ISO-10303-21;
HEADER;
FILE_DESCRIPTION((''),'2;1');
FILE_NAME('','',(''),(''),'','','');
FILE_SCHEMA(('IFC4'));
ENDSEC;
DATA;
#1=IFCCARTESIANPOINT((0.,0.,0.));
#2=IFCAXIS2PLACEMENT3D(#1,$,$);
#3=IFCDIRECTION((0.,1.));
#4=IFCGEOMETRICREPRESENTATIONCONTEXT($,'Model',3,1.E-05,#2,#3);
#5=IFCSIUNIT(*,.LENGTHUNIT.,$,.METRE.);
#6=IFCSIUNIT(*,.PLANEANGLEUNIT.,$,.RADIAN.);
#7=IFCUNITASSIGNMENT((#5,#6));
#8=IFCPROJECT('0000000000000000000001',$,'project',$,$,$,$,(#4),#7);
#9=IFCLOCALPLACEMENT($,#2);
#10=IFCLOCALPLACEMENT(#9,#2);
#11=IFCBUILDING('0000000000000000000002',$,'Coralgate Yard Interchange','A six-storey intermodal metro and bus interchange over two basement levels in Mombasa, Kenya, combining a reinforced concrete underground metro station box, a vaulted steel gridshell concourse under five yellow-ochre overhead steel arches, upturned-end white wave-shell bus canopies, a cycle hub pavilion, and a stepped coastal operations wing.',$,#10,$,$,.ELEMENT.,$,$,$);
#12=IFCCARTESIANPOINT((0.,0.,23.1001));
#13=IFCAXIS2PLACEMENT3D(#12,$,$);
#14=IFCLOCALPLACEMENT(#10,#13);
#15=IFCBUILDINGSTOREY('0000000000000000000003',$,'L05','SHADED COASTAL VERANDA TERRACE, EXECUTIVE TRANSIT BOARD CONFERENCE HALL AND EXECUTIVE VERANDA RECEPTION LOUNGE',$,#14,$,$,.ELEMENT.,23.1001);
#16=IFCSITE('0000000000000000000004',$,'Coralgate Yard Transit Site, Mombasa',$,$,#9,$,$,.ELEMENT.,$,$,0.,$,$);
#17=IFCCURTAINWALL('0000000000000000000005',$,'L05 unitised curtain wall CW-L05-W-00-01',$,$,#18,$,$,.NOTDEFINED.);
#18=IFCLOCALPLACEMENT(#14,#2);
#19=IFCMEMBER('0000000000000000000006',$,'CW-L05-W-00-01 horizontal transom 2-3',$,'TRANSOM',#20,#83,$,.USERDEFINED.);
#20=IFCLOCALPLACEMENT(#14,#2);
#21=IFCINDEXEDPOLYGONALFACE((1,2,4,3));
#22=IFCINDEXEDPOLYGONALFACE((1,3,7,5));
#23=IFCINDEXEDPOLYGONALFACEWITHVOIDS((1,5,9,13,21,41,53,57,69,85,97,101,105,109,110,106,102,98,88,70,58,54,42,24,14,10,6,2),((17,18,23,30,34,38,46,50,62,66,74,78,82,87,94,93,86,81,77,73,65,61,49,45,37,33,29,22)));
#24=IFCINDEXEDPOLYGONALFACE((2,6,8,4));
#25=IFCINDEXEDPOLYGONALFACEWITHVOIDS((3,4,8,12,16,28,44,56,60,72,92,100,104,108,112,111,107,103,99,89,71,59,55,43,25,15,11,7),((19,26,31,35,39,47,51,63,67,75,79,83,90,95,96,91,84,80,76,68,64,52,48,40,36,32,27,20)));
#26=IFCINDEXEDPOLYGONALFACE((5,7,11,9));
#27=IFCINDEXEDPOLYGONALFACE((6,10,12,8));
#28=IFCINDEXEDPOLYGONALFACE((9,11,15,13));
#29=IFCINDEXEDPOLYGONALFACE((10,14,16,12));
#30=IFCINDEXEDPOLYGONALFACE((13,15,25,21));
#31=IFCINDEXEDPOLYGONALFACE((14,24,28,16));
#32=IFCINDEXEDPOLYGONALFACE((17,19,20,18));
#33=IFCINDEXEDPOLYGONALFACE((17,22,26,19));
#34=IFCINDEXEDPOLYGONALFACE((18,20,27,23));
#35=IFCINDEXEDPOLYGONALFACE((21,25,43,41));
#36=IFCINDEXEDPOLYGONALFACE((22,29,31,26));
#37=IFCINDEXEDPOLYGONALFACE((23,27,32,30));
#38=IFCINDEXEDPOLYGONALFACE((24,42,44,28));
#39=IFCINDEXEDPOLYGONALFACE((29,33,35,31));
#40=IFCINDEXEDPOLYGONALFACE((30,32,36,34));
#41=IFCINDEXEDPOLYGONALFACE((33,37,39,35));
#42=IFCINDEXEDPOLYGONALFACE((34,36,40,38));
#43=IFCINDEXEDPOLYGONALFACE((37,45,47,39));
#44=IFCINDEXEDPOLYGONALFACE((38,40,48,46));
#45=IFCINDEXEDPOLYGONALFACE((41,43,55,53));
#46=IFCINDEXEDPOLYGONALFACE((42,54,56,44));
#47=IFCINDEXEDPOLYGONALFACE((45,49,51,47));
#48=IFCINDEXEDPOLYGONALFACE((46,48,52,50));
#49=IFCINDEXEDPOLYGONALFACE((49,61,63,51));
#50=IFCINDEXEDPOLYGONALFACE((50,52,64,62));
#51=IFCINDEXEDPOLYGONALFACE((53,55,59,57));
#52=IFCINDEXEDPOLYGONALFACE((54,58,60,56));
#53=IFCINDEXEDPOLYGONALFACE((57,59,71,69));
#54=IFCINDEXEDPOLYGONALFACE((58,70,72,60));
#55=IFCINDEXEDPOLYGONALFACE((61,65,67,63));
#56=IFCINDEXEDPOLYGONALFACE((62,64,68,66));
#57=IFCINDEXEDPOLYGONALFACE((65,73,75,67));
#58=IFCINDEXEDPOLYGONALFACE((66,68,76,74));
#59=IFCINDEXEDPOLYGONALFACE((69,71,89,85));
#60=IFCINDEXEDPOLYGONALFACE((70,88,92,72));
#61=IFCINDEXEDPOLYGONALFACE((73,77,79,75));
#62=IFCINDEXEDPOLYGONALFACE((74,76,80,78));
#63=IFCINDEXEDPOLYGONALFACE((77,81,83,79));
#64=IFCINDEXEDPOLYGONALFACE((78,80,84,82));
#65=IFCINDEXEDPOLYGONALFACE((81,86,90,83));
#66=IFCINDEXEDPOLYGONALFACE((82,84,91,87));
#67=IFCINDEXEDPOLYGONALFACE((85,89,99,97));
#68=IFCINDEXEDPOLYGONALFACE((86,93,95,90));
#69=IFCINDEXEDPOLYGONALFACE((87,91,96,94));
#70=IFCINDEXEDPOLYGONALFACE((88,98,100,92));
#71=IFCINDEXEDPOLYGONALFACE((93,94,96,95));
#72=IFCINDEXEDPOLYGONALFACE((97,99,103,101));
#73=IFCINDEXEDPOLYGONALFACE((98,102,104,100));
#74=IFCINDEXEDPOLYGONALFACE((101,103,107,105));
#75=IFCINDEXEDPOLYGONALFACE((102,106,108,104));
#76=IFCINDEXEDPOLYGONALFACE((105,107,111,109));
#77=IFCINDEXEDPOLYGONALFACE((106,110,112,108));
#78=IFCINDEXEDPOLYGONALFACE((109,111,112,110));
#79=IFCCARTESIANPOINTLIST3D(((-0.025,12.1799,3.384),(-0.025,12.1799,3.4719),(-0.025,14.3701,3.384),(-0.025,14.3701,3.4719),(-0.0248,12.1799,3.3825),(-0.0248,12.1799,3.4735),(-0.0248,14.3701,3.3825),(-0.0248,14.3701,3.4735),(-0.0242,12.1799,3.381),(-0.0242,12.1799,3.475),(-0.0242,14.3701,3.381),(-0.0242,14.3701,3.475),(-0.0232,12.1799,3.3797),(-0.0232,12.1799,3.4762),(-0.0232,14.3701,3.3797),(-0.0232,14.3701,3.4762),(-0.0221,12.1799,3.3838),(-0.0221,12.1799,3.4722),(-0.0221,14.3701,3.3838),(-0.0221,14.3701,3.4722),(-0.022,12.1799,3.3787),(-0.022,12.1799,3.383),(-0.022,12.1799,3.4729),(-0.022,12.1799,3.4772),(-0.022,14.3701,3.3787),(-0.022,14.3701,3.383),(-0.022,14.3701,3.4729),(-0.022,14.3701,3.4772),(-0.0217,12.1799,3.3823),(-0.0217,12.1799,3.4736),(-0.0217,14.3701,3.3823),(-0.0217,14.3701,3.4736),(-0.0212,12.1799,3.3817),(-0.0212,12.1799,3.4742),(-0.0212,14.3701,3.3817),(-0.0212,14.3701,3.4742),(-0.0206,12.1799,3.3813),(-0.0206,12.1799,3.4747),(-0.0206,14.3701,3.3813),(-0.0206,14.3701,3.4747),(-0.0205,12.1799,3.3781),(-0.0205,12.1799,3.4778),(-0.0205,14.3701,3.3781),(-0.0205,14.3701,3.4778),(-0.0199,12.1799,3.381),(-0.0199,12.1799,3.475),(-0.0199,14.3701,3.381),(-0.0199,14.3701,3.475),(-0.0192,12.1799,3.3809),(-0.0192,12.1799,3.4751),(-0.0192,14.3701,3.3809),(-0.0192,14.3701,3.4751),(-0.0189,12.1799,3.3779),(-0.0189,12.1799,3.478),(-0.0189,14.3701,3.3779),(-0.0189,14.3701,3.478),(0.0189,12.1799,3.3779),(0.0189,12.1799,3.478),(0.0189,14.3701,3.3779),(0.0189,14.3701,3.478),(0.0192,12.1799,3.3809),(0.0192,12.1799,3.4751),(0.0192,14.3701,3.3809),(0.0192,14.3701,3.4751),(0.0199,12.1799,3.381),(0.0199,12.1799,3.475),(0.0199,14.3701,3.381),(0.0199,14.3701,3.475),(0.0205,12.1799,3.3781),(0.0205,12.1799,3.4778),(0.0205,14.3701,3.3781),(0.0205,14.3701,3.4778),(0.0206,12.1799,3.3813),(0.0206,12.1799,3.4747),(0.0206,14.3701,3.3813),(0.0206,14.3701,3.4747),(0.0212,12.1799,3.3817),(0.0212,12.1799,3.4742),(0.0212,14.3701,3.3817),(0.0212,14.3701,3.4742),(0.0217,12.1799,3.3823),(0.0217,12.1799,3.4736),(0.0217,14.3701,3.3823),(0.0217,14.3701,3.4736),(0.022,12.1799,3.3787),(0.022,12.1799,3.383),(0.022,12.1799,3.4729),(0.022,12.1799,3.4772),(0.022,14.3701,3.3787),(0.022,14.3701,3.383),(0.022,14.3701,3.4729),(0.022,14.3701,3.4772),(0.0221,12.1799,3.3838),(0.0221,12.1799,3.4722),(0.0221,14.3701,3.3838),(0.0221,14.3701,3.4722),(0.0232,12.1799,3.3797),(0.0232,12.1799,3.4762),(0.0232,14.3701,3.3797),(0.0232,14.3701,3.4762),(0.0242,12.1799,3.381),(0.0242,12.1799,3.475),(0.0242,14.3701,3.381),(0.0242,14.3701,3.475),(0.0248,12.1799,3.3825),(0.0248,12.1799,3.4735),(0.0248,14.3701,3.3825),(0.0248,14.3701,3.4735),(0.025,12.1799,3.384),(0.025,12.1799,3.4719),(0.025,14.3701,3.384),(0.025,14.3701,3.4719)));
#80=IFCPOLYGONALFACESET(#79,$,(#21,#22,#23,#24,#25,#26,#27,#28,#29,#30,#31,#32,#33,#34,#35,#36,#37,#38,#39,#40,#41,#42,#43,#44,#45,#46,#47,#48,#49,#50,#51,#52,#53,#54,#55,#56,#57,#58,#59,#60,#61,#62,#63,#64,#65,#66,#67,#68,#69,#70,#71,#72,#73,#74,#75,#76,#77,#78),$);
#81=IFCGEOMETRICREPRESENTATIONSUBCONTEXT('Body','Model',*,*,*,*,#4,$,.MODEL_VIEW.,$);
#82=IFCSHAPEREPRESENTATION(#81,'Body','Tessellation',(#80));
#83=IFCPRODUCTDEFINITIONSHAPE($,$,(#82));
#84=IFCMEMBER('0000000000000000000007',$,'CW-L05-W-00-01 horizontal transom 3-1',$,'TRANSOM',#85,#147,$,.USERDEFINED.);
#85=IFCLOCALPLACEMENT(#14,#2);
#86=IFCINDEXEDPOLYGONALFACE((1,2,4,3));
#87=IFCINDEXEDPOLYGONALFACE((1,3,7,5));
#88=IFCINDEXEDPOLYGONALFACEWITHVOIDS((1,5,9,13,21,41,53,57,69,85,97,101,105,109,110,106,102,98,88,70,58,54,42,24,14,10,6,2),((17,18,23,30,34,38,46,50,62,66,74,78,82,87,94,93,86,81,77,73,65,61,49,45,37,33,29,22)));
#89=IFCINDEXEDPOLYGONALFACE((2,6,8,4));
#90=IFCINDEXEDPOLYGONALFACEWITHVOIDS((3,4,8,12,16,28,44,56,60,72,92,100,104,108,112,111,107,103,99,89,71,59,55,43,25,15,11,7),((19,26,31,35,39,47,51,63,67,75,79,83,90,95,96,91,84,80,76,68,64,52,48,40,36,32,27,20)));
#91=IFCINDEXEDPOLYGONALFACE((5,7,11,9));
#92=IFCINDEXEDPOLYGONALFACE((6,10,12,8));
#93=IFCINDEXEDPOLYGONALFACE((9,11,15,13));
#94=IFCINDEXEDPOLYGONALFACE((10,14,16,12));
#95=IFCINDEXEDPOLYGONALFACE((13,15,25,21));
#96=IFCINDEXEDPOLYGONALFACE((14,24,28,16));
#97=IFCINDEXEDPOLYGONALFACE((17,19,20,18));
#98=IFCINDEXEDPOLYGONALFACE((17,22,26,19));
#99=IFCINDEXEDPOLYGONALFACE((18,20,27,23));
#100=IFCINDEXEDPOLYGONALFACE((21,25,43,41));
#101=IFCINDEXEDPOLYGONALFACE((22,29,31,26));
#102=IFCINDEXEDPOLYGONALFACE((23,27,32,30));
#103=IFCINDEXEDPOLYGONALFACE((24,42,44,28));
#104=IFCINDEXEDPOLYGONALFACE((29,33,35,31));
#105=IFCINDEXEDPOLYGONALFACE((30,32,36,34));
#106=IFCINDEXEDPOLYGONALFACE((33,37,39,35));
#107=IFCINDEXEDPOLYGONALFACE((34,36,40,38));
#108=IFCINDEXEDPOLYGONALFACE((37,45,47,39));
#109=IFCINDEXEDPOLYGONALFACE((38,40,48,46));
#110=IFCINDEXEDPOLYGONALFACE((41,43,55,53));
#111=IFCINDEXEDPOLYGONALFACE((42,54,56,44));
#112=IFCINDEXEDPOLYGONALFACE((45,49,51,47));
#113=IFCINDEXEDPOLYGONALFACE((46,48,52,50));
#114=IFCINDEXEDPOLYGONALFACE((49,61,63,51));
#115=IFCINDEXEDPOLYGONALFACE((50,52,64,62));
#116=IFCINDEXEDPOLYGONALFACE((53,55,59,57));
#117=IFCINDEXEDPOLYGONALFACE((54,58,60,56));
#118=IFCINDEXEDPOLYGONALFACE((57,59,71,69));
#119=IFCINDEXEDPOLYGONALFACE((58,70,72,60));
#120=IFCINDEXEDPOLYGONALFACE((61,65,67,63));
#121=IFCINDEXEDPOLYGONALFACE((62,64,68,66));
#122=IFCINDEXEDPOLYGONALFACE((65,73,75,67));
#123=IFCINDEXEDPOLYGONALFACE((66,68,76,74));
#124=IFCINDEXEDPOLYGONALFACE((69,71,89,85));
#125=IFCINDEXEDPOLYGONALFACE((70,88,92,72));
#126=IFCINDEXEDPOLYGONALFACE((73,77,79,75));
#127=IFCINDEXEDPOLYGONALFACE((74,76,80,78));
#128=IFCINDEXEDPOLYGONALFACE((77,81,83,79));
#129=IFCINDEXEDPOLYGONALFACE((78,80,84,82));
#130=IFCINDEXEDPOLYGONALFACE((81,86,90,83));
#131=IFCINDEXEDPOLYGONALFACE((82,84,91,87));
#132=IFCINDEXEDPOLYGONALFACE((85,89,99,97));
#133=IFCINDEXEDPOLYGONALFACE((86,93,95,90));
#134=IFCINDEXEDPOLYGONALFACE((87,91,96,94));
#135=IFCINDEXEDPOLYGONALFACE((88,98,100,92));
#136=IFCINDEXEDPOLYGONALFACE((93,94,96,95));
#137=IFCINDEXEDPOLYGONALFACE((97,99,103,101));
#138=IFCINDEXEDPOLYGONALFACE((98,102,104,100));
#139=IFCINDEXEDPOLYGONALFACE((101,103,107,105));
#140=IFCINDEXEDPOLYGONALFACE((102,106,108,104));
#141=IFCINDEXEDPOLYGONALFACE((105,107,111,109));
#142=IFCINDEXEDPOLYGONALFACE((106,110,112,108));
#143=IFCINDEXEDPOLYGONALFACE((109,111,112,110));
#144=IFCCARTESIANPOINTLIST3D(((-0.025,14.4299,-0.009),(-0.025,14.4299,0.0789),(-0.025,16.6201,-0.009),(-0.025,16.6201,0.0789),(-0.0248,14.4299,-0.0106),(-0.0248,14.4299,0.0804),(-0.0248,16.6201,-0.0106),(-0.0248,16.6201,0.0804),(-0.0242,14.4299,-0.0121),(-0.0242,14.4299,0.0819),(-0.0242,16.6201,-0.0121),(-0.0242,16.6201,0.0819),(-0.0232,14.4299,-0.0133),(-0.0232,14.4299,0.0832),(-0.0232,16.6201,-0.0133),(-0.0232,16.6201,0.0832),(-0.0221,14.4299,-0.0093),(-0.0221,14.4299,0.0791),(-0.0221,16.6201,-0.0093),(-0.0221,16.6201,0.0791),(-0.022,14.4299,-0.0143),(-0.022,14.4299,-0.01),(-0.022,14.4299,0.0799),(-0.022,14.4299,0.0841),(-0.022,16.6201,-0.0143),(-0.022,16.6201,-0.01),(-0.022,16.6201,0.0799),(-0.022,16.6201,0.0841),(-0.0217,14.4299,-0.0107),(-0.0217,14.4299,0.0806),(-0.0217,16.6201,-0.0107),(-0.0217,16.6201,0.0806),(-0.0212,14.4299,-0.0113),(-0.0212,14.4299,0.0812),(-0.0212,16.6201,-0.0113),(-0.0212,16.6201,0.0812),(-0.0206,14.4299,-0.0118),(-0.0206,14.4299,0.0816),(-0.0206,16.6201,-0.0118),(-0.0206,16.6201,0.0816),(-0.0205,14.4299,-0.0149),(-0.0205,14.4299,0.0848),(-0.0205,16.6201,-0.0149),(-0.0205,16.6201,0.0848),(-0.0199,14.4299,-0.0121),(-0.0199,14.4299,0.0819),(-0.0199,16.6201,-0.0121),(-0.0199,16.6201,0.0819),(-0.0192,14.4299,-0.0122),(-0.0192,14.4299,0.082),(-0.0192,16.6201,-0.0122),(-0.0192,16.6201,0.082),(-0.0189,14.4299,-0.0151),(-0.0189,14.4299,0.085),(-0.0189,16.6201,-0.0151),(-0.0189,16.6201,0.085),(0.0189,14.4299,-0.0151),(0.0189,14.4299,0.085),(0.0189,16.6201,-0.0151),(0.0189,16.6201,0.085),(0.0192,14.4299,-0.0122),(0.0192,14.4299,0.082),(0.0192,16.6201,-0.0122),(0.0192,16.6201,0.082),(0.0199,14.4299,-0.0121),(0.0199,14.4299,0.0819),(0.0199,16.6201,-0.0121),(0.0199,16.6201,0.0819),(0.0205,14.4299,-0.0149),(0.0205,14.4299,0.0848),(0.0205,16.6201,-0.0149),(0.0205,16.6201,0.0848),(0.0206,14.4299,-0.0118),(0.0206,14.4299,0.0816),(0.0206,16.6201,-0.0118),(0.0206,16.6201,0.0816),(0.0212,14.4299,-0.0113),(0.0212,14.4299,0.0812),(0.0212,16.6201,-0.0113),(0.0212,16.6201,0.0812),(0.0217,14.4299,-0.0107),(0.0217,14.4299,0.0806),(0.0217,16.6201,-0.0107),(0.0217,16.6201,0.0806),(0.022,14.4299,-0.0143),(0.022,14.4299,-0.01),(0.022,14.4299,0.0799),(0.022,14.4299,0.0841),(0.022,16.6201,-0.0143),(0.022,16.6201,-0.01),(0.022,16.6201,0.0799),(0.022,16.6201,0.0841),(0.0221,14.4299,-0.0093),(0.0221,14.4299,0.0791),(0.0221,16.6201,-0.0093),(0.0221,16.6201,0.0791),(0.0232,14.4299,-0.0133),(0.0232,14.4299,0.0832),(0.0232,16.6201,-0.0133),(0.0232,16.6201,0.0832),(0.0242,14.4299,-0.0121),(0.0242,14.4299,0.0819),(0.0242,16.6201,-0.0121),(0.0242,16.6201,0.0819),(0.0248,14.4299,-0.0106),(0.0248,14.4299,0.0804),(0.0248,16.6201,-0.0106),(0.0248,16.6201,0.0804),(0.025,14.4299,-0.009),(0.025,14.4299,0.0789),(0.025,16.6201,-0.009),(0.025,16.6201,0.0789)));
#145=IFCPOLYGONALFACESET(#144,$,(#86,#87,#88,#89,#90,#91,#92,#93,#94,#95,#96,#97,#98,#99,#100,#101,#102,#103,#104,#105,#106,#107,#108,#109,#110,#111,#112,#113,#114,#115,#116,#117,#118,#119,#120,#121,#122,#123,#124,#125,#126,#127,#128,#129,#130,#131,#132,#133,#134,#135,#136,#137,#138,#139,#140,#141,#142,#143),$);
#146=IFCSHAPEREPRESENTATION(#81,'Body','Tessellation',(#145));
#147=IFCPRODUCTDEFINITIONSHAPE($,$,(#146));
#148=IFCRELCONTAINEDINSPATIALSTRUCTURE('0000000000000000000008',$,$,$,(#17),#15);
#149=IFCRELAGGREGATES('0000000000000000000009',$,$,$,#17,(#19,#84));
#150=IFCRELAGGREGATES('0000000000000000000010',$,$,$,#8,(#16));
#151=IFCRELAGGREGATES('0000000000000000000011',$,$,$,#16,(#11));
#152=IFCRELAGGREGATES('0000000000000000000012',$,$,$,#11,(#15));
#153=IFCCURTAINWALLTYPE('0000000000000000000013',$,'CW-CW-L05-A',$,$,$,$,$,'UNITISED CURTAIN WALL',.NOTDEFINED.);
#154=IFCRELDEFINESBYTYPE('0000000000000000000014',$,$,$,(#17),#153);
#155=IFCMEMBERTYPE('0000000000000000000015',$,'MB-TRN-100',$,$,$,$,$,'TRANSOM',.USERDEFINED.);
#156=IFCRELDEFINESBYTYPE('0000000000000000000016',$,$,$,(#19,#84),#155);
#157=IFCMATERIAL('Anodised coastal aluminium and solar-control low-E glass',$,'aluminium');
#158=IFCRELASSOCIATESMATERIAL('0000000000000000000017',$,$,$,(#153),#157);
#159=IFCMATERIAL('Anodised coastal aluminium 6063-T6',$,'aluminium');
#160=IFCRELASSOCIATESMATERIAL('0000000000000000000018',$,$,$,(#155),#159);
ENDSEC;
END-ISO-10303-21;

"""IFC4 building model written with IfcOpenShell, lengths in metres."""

from ifc_helpers import new_model, si_unit, direction, frame, origin, origin_2d, place, context, subcontext, project, spatial, hollow_rectangle, extrude, material, material_profile, profile_set, type_object, element, aggregate, save


model = new_model("IFC4")

# Units and contexts
model_context = context("Model", 3, precision=1e-05, world=origin(), true_north=direction((0.0, 1.0)))
body_context = subcontext(model_context, "Body", "Model", "MODEL_VIEW")
ifc_project = project(units=[si_unit("LENGTHUNIT", "METRE"), si_unit("PLANEANGLEUNIT", "RADIAN")], contexts=[model_context])

# Site, building, storey
site_placement = place(None, origin())
site = spatial("IfcSite", under=ifc_project, at=site_placement, Name="Coralgate Yard Transit Site, Mombasa", CompositionType="ELEMENT", RefElevation=0.0)
building_placement = place(site_placement, origin())
building = spatial("IfcBuilding", under=site, at=building_placement, Name="Coralgate Yard Interchange", Description="A six-storey intermodal metro and bus interchange over two basement levels in Mombasa, Kenya, combining a reinforced concrete underground metro station box, a vaulted steel gridshell concourse under five yellow-ochre overhead steel arches, upturned-end white wave-shell bus canopies, a cycle hub pavilion, and a stepped coastal operations wing.", CompositionType="ELEMENT")
storey_placement = place(building_placement, frame((0.0, 0.0, 23.1001)))
storey = spatial("IfcBuildingStorey", under=building, at=storey_placement, Name="L05", Description="SHADED COASTAL VERANDA TERRACE, EXECUTIVE TRANSIT BOARD CONFERENCE HALL AND EXECUTIVE VERANDA RECEPTION LOUNGE", CompositionType="ELEMENT", Elevation=23.1001)

# Curtain wall, members
ifc_material_1 = material(Name="Anodised coastal aluminium and solar-control low-E glass", Category="aluminium")
curtain_wall_type = type_object("IfcCurtainWallType", Name="CW-CW-L05-A", ElementType="UNITISED CURTAIN WALL", PredefinedType="NOTDEFINED", material=ifc_material_1)
curtain_wall_placement = place(storey_placement, origin())
curtain_wall = element("IfcCurtainWall", 1, at=curtain_wall_placement, inside=storey, type_object=curtain_wall_type, Name="L05 unitised curtain wall CW-L05-W-00-01", PredefinedType="NOTDEFINED")
ifc_material_2 = material(Name="Anodised coastal aluminium 6063-T6", Category="aluminium")
ifc_material_profile_1 = material_profile(ifc_material_2, hollow_rectangle(XDim=0.05, YDim=0.1001, WallThickness=0.0029, InnerFilletRadius=0.0029, OuterFilletRadius=0.0061, at=origin_2d()), Name="ALU 50x100x3")
ifc_profile_set_1 = profile_set([ifc_material_profile_1], Name="Anodised coastal aluminium 6063-T6")
member_type_1 = type_object("IfcMemberType", Name="MB-TRN-100", ElementType="TRANSOM", PredefinedType="USERDEFINED", material=ifc_profile_set_1)
member_1_placement = place(storey_placement, frame((0.0, 12.1799, 3.428), z_axis=(0.0, 1.0, 0.0), x_axis=(-1.0, 0.0, 0.0)))
member_1 = element("IfcMember", 2, at=member_1_placement, type_object=member_type_1, Name="CW-L05-W-00-01 horizontal transom 2-3", ObjectType="TRANSOM", PredefinedType="USERDEFINED", context=body_context, shape_type="SweptSolid", body=[
    extrude(hollow_rectangle(XDim=0.05, YDim=0.1001, WallThickness=0.0029, InnerFilletRadius=0.0029, OuterFilletRadius=0.0061, at=origin_2d()), origin(), (0.0, 0.0, 1.0), 2.1902),
])
member_2_placement = place(storey_placement, frame((0.0, 14.4299, 0.0349), z_axis=(0.0, 1.0, 0.0), x_axis=(-1.0, 0.0, 0.0)))
member_2 = element("IfcMember", 3, at=member_2_placement, type_object=member_type_1, Name="CW-L05-W-00-01 horizontal transom 3-1", ObjectType="TRANSOM", PredefinedType="USERDEFINED", context=body_context, shape_type="SweptSolid", body=[
    extrude(hollow_rectangle(XDim=0.05, YDim=0.1001, WallThickness=0.0029, InnerFilletRadius=0.0029, OuterFilletRadius=0.0061, at=origin_2d()), origin(), (0.0, 0.0, 1.0), 2.1902),
])
aggregate(curtain_wall, [member_1, member_2])

save(model, "model.ifc")
